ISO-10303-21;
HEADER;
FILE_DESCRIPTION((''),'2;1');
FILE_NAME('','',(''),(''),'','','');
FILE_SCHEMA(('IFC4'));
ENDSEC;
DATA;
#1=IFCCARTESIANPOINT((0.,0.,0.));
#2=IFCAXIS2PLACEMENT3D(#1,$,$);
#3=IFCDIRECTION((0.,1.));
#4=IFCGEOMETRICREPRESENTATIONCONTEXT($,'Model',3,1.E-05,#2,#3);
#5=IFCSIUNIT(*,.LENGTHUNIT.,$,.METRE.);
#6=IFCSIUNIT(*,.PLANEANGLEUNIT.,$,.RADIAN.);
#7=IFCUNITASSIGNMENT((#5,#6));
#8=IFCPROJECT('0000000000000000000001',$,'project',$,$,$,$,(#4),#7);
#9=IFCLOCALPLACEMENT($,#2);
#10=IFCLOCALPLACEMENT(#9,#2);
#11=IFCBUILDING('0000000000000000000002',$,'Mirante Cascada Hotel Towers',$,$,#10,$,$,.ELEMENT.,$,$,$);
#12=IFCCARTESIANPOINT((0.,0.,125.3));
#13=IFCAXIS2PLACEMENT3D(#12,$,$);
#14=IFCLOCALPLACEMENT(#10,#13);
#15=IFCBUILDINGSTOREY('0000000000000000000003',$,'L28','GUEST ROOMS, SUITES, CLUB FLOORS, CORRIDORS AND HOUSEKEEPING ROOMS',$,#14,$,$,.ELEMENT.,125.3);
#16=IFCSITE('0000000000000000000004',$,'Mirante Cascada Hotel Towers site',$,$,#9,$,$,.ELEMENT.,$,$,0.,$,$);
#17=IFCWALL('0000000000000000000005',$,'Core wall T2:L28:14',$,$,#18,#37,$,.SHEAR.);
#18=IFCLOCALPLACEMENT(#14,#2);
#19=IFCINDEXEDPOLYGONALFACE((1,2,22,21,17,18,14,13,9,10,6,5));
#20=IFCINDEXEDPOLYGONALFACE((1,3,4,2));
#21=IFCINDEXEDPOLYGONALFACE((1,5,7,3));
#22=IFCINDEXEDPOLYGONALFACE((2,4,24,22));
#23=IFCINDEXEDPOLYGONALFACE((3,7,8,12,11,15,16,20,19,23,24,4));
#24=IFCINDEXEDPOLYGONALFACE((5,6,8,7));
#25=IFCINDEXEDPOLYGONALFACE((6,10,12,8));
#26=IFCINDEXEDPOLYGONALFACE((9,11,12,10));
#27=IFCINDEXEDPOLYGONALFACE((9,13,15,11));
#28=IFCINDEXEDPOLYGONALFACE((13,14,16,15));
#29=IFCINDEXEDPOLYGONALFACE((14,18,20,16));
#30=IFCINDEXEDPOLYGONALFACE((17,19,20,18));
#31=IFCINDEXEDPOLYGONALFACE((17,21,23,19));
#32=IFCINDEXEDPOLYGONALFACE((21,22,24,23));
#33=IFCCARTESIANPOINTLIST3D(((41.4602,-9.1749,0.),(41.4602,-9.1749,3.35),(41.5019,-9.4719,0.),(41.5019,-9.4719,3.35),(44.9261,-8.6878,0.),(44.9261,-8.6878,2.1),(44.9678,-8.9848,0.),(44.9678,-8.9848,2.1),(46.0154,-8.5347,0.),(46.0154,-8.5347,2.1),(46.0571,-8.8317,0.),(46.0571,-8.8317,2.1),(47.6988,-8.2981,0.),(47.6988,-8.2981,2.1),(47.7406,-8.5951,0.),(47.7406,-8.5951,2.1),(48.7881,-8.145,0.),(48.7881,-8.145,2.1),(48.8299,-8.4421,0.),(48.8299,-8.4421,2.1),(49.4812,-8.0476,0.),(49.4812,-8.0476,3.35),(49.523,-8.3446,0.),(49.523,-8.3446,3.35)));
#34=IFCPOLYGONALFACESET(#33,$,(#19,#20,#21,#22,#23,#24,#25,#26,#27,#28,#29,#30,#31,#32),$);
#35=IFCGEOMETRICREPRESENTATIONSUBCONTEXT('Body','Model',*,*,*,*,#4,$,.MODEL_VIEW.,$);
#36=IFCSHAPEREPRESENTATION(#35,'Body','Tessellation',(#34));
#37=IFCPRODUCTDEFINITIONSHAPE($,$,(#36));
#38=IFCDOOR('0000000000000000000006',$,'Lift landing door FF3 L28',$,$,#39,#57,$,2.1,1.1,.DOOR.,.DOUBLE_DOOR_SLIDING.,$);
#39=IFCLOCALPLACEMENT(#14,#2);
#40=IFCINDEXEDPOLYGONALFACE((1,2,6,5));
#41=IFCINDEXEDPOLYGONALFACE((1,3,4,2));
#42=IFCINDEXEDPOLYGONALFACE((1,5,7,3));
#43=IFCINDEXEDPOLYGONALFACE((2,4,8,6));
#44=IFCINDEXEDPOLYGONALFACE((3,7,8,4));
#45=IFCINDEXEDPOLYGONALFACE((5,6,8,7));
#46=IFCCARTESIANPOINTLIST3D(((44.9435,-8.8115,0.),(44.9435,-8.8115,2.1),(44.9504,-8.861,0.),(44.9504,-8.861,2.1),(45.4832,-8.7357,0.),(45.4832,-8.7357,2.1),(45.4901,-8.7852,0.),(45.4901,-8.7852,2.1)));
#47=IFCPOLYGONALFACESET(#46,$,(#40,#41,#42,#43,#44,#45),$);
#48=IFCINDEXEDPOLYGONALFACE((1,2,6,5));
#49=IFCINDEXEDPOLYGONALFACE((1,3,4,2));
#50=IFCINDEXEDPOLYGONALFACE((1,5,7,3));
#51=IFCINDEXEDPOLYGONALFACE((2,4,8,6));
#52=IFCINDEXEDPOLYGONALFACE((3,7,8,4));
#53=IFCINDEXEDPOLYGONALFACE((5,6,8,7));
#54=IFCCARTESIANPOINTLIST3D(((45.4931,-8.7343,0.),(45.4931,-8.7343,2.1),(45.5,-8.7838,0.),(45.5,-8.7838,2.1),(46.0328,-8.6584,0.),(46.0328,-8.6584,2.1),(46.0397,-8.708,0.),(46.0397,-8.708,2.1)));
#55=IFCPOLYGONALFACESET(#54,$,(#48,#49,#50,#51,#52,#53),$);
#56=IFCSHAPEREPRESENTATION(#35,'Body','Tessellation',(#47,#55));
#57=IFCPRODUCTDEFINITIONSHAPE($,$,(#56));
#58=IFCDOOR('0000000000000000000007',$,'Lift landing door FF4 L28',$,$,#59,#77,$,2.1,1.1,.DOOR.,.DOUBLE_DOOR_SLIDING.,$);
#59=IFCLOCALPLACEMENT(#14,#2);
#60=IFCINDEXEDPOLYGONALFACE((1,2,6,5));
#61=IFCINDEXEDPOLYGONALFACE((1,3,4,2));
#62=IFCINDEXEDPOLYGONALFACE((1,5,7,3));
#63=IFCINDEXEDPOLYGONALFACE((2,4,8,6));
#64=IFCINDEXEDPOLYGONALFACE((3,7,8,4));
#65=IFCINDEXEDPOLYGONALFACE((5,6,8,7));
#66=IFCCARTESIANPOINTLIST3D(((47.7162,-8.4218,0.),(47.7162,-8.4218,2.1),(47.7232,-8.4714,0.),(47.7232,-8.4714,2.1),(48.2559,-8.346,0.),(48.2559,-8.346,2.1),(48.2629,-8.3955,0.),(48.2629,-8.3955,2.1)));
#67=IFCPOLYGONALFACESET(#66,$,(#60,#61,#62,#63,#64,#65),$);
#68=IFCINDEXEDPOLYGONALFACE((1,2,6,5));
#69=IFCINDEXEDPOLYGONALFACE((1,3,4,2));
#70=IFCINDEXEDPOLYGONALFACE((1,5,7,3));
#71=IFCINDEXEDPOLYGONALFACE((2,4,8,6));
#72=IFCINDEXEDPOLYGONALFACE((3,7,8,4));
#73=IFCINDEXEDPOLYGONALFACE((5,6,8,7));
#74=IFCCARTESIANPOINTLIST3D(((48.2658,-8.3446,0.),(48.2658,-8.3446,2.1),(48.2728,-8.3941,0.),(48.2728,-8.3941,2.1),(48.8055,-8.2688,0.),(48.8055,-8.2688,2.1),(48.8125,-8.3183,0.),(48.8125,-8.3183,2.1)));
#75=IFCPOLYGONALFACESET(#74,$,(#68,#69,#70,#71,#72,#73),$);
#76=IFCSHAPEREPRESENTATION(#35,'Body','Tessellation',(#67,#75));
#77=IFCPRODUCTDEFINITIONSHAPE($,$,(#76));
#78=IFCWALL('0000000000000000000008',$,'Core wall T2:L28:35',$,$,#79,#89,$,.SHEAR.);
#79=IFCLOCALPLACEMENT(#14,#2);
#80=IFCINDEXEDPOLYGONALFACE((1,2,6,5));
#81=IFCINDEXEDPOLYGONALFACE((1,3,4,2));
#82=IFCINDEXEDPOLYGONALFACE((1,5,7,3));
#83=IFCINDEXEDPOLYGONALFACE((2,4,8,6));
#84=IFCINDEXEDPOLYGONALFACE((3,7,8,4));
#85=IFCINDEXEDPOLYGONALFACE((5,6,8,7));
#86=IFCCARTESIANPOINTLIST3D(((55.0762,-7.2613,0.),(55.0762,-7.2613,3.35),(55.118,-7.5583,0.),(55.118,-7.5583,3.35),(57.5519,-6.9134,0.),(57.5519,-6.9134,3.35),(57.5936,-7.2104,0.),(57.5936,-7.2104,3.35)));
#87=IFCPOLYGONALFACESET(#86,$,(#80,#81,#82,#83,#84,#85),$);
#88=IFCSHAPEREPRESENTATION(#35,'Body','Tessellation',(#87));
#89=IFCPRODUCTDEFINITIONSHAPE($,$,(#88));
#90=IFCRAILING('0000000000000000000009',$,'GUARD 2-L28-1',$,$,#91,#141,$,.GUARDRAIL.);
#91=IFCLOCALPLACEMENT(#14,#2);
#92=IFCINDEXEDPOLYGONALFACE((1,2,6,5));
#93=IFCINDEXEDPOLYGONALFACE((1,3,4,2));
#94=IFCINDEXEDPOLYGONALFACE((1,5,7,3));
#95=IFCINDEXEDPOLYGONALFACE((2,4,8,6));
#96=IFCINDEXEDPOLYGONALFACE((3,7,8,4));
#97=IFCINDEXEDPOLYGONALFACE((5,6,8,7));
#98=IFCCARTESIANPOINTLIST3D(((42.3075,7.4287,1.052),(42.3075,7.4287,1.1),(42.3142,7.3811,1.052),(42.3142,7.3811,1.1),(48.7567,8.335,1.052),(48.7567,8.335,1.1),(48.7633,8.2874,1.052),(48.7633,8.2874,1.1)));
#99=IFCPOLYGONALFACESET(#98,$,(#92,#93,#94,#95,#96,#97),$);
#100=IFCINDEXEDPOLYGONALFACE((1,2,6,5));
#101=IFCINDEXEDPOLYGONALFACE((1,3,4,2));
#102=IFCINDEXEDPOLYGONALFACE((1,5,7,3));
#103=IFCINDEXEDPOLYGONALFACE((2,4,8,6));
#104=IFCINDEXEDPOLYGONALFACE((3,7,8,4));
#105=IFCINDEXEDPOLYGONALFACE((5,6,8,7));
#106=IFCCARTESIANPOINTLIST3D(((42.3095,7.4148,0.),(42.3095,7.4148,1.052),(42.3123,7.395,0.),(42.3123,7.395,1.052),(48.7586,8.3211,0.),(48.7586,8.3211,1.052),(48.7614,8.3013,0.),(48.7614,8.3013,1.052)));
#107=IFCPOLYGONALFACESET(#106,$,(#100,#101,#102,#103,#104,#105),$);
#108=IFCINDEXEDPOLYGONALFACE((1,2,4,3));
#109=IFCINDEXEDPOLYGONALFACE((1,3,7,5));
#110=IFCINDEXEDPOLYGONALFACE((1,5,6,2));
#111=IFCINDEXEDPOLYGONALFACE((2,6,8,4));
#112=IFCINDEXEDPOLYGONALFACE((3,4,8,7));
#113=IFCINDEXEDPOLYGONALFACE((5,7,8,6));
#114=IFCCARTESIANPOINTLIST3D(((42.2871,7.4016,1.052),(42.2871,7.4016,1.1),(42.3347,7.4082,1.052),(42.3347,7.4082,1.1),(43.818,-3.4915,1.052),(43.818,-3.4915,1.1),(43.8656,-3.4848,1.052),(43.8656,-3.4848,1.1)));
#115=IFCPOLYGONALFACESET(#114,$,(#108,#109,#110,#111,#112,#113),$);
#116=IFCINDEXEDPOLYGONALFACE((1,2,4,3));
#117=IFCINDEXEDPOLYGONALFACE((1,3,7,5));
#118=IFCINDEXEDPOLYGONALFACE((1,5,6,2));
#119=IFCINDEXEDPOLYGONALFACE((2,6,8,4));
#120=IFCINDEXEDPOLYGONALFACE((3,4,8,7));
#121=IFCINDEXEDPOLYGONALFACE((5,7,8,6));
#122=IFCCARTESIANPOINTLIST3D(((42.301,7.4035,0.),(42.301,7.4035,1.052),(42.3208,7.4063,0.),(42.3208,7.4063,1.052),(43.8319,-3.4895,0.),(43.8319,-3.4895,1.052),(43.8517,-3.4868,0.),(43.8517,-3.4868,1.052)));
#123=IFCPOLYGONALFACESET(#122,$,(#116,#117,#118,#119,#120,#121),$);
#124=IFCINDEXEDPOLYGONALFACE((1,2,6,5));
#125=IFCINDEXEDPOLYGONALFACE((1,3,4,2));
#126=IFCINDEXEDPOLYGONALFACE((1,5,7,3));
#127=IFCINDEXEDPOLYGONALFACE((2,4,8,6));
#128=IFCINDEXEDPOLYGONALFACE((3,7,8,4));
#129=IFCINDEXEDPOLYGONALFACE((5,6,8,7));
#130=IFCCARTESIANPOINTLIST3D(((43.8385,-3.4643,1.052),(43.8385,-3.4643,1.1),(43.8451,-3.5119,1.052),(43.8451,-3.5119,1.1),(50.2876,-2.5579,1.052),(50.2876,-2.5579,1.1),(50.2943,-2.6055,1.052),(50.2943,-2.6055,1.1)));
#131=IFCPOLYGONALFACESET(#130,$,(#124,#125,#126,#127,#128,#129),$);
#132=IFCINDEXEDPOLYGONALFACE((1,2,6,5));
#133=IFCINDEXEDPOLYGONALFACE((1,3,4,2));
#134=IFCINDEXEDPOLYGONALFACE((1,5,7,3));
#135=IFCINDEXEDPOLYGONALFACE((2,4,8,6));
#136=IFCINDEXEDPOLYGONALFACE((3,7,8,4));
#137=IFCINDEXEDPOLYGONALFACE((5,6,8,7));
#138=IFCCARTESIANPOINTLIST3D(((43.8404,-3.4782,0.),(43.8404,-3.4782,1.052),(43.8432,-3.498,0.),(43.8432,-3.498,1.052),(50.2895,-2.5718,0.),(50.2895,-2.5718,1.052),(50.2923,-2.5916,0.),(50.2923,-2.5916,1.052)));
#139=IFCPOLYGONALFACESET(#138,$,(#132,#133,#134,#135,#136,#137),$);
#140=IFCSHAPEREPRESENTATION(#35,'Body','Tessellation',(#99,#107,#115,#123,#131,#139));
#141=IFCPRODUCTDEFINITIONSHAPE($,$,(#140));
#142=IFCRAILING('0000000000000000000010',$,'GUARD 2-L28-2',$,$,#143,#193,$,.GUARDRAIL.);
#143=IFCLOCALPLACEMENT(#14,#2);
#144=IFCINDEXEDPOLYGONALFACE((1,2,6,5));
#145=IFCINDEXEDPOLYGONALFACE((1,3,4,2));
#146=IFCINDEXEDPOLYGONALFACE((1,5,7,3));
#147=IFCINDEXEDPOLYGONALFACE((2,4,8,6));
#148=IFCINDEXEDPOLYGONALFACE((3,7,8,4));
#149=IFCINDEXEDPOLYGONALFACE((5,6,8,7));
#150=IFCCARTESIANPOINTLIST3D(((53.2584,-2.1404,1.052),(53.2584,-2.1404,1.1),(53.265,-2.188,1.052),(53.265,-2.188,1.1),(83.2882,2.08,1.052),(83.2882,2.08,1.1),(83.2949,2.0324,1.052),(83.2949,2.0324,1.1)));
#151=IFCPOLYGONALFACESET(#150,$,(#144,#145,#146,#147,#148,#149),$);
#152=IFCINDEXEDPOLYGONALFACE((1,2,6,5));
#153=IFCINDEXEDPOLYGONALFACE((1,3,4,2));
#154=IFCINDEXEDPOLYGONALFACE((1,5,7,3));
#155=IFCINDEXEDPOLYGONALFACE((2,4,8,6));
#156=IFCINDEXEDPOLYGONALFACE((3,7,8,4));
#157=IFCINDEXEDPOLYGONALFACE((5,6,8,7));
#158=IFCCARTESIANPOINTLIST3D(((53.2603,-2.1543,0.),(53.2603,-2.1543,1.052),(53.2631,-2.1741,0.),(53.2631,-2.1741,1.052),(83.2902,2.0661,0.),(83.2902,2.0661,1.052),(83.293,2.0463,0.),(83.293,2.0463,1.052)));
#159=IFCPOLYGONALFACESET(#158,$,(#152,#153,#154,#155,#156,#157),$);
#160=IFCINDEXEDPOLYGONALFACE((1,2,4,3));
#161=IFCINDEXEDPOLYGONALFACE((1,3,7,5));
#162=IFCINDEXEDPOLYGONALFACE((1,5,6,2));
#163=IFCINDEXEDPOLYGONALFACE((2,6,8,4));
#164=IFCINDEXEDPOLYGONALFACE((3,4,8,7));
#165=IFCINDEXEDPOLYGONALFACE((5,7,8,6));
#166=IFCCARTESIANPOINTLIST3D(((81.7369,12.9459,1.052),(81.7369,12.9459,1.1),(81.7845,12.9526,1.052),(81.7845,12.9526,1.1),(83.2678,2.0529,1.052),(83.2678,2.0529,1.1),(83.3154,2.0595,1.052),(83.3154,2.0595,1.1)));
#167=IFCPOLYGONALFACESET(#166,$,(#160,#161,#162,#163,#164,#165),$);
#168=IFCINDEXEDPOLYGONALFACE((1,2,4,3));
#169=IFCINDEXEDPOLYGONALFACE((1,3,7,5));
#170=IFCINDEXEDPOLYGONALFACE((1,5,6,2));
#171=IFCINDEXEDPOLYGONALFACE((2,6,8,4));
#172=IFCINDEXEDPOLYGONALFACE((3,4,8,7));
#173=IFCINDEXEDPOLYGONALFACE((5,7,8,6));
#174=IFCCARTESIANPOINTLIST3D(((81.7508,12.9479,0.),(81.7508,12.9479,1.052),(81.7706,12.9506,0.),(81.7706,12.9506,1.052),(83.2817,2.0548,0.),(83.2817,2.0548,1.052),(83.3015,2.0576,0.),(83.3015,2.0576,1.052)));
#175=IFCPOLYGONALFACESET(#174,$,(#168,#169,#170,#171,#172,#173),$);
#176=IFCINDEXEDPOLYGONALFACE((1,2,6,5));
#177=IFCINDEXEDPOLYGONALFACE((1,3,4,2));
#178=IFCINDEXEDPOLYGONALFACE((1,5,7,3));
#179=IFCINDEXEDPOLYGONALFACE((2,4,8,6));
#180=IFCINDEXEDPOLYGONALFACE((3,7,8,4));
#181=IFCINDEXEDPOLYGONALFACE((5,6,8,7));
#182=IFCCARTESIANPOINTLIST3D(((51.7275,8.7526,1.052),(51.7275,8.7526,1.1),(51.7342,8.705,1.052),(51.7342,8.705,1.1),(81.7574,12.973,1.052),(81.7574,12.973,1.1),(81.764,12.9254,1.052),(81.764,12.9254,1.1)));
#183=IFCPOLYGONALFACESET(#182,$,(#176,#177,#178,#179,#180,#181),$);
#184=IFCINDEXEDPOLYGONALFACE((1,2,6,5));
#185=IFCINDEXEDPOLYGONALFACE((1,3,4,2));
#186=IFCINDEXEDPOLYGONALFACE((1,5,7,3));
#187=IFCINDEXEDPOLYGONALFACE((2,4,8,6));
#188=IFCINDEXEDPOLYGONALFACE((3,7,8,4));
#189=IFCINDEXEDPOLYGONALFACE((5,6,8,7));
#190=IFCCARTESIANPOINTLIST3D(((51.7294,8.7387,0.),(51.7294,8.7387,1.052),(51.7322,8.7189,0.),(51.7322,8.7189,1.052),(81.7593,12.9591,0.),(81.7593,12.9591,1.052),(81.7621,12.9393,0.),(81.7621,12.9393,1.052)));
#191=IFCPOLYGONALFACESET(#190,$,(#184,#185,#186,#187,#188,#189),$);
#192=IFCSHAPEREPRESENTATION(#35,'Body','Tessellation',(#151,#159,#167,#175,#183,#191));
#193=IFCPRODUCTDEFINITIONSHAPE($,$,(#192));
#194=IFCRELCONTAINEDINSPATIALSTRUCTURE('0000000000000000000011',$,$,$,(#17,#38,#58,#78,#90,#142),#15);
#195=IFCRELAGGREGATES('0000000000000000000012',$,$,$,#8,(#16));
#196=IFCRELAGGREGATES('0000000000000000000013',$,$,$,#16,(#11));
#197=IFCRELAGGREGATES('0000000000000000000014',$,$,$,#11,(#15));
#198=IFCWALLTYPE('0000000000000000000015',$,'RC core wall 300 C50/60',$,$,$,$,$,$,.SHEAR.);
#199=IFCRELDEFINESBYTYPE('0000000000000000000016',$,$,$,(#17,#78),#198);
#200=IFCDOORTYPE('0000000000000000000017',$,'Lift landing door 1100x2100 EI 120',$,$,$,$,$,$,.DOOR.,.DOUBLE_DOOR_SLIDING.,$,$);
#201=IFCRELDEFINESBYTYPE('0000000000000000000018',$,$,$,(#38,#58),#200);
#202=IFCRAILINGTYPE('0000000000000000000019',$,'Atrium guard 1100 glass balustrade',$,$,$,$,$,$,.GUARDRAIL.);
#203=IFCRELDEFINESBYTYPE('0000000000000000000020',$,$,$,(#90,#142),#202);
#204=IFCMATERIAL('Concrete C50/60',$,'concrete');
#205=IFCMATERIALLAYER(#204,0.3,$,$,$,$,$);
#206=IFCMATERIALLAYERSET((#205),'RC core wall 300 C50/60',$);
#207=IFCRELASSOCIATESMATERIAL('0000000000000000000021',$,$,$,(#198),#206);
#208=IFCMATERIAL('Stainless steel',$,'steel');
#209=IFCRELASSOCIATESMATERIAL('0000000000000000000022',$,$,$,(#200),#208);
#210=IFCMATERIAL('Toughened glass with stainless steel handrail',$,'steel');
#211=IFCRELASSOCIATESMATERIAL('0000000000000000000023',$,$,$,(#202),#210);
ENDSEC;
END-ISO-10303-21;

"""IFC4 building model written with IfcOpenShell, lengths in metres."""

from ifc_helpers import new_model, si_unit, direction, frame, frame_2d, origin, origin_2d, place, context, subcontext, project, spatial, rectangle, extrude, material, layer, layer_set, type_object, element, fill, save


model = new_model("IFC4")

# Units and contexts
model_context = context("Model", 3, precision=1e-05, world=origin(), true_north=direction((0.0, 1.0)))
body_context = subcontext(model_context, "Body", "Model", "MODEL_VIEW")
ifc_project = project(units=[si_unit("LENGTHUNIT", "METRE"), si_unit("PLANEANGLEUNIT", "RADIAN")], contexts=[model_context])

# Site, building, storey
site_placement = place(None, origin())
site = spatial("IfcSite", under=ifc_project, at=site_placement, Name="Mirante Cascada Hotel Towers site", CompositionType="ELEMENT", RefElevation=0.0)
building_placement = place(site_placement, origin())
building = spatial("IfcBuilding", under=site, at=building_placement, Name="Mirante Cascada Hotel Towers", CompositionType="ELEMENT")
storey_placement = place(building_placement, frame((0.0, 0.0, 125.3)))
storey = spatial("IfcBuildingStorey", under=building, at=storey_placement, Name="L28", Description="GUEST ROOMS, SUITES, CLUB FLOORS, CORRIDORS AND HOUSEKEEPING ROOMS", CompositionType="ELEMENT", Elevation=125.3)

# Shared definitions
ifc_material_1 = material(Name="Concrete C50/60", Category="concrete")
ifc_layer_1 = layer(ifc_material_1, 0.3)
ifc_layer_set_1 = layer_set([ifc_layer_1], Name="RC core wall 300 C50/60")
wall_type_1 = type_object("IfcWallType", Name="RC core wall 300 C50/60", PredefinedType="SHEAR", material=ifc_layer_set_1)

# Wall, openings, doors
wall_1_placement = place(storey_placement, frame((41.481, -9.3234, 0.0), z_axis=(0.0, 0.0, 1.0), x_axis=(0.990268, 0.139174, 0.0)))
wall_1 = element("IfcWall", 1, at=wall_1_placement, inside=storey, type_object=wall_type_1, Name="Core wall T2:L28:14", PredefinedType="SHEAR", context=body_context, shape_type="SweptSolid", body=[
    extrude(rectangle(XDim=8.0999, YDim=0.3, at=frame_2d((4.05, 0.0))), origin(), (0.0, 0.0, 1.0), 3.35),
])
opening_1_placement = place(wall_1_placement, frame((3.5, 0.0, 0.0)))
opening_1 = element("IfcOpeningElement", 2, at=opening_1_placement, cuts=wall_1, PredefinedType="OPENING", context=body_context, shape_type="SweptSolid", body=[
    extrude(rectangle(XDim=1.1, YDim=2.1, at=frame_2d((0.55, 1.05))), frame((0.0, 0.15, 0.0), z_axis=(0.0, -1.0, 0.0), x_axis=(1.0, 0.0, 0.0)), (0.0, 0.0, 1.0), 0.3),
])
opening_2_placement = place(wall_1_placement, frame((6.3, 0.0, 0.0)))
opening_2 = element("IfcOpeningElement", 3, at=opening_2_placement, cuts=wall_1, PredefinedType="OPENING", context=body_context, shape_type="SweptSolid", body=[
    extrude(rectangle(XDim=1.1, YDim=2.1, at=frame_2d((0.55, 1.05))), frame((0.0, 0.15, 0.0), z_axis=(0.0, -1.0, 0.0), x_axis=(1.0, 0.0, 0.0)), (0.0, 0.0, 1.0), 0.3),
])
ifc_material_2 = material(Name="Stainless steel", Category="steel")
door_type_1 = type_object("IfcDoorType", Name="Lift landing door 1100x2100 EI 120", OperationType="DOUBLE_DOOR_SLIDING", PredefinedType="DOOR", material=ifc_material_2)
door_1_placement = place(opening_1_placement, origin())
door_1 = element("IfcDoor", 4, at=door_1_placement, inside=storey, type_object=door_type_1, Name="Lift landing door FF3 L28", OperationType="DOUBLE_DOOR_SLIDING", OverallHeight=2.1, OverallWidth=1.1, PredefinedType="DOOR", context=body_context, shape_type="SweptSolid", body=[
    extrude(rectangle(XDim=0.545, YDim=2.1, at=frame_2d((0.2725, 1.05))), frame((0.0, 0.025, 0.0), z_axis=(0.0, -1.0, 0.0), x_axis=(1.0, 0.0, 0.0)), (0.0, 0.0, 1.0), 0.05),
    extrude(rectangle(XDim=0.545, YDim=2.1, at=frame_2d((0.8275, 1.05))), frame((0.0, 0.025, 0.0), z_axis=(0.0, -1.0, 0.0), x_axis=(1.0, 0.0, 0.0)), (0.0, 0.0, 1.0), 0.05),
])
fill(opening_1, door_1)
door_2_placement = place(opening_2_placement, origin())
door_2 = element("IfcDoor", 5, at=door_2_placement, inside=storey, type_object=door_type_1, Name="Lift landing door FF4 L28", OperationType="DOUBLE_DOOR_SLIDING", OverallHeight=2.1, OverallWidth=1.1, PredefinedType="DOOR", context=body_context, shape_type="SweptSolid", body=[
    extrude(rectangle(XDim=0.545, YDim=2.1, at=frame_2d((0.2725, 1.05))), frame((0.0, 0.025, 0.0), z_axis=(0.0, -1.0, 0.0), x_axis=(1.0, 0.0, 0.0)), (0.0, 0.0, 1.0), 0.05),
    extrude(rectangle(XDim=0.545, YDim=2.1, at=frame_2d((0.8275, 1.05))), frame((0.0, 0.025, 0.0), z_axis=(0.0, -1.0, 0.0), x_axis=(1.0, 0.0, 0.0)), (0.0, 0.0, 1.0), 0.05),
])
fill(opening_2, door_2)

# Wall
wall_2_placement = place(storey_placement, frame((55.0971, -7.4098, 0.0), z_axis=(0.0, 0.0, 1.0), x_axis=(0.99027, 0.139159, 0.0)))
element("IfcWall", 6, at=wall_2_placement, inside=storey, type_object=wall_type_1, Name="Core wall T2:L28:35", PredefinedType="SHEAR", context=body_context, shape_type="SweptSolid", body=[
    extrude(rectangle(XDim=2.5, YDim=0.3, at=frame_2d((1.25, 0.0))), origin(), (0.0, 0.0, 1.0), 3.35),
])

# Railings
ifc_material_3 = material(Name="Toughened glass with stainless steel handrail", Category="steel")
railing_type = type_object("IfcRailingType", Name="Atrium guard 1100 glass balustrade", PredefinedType="GUARDRAIL", material=ifc_material_3)
railing_1_placement = place(storey_placement, frame((48.76, 8.3112, 0.0)))
element("IfcRailing", 7, at=railing_1_placement, inside=storey, type_object=railing_type, Name="GUARD 2-L28-1", PredefinedType="GUARDRAIL", context=body_context, shape_type="SweptSolid", body=[
    extrude(rectangle(XDim=0.048, YDim=0.048, at=origin_2d()), frame((0.0, 0.0, 1.076), z_axis=(-0.990269, -0.139164, 0.0), x_axis=(0.139164, -0.990269, 0.0)), (0.0, 0.0, 1.0), 6.5125),
    extrude(rectangle(XDim=0.02, YDim=1.052, at=origin_2d()), frame((0.0, 0.0, 0.526), z_axis=(-0.990269, -0.139164, 0.0), x_axis=(0.139164, -0.990269, 0.0)), (0.0, 0.0, 1.0), 6.5125),
    extrude(rectangle(XDim=0.048, YDim=0.048, at=origin_2d()), frame((-6.4491, -0.9063, 1.076), z_axis=(0.139172, -0.990268, 0.0), x_axis=(0.990268, 0.139172, 0.0)), (0.0, 0.0, 1.0), 11.0001),
    extrude(rectangle(XDim=0.02, YDim=1.052, at=origin_2d()), frame((-6.4491, -0.9063, 0.526), z_axis=(0.139172, -0.990268, 0.0), x_axis=(0.990268, 0.139172, 0.0)), (0.0, 0.0, 1.0), 11.0001),
    extrude(rectangle(XDim=0.048, YDim=0.048, at=origin_2d()), frame((-4.9182, -11.7993, 1.076), z_axis=(0.990267, 0.139179, 0.0), x_axis=(-0.139179, 0.990267, 0.0)), (0.0, 0.0, 1.0), 6.5125),
    extrude(rectangle(XDim=0.02, YDim=1.052, at=origin_2d()), frame((-4.9182, -11.7993, 0.526), z_axis=(0.990267, 0.139179, 0.0), x_axis=(-0.139179, 0.990267, 0.0)), (0.0, 0.0, 1.0), 6.5125),
])
railing_2_placement = place(storey_placement, frame((53.2617, -2.1642, 0.0)))
element("IfcRailing", 8, at=railing_2_placement, inside=storey, type_object=railing_type, Name="GUARD 2-L28-2", PredefinedType="GUARDRAIL", context=body_context, shape_type="SweptSolid", body=[
    extrude(rectangle(XDim=0.048, YDim=0.048, at=origin_2d()), frame((0.0, 0.0, 1.076), z_axis=(0.990268, 0.139172, 0.0), x_axis=(-0.139172, 0.990268, 0.0)), (0.0, 0.0, 1.0), 30.325),
    extrude(rectangle(XDim=0.02, YDim=1.052, at=origin_2d()), frame((0.0, 0.0, 0.526), z_axis=(0.990268, 0.139172, 0.0), x_axis=(-0.139172, 0.990268, 0.0)), (0.0, 0.0, 1.0), 30.325),
    extrude(rectangle(XDim=0.048, YDim=0.048, at=origin_2d()), frame((30.0299, 4.2204, 1.076), z_axis=(-0.139172, 0.990268, 0.0), x_axis=(-0.990268, -0.139172, 0.0)), (0.0, 0.0, 1.0), 11.0001),
    extrude(rectangle(XDim=0.02, YDim=1.052, at=origin_2d()), frame((30.0299, 4.2204, 0.526), z_axis=(-0.139172, 0.990268, 0.0), x_axis=(-0.990268, -0.139172, 0.0)), (0.0, 0.0, 1.0), 11.0001),
    extrude(rectangle(XDim=0.048, YDim=0.048, at=origin_2d()), frame((28.499, 15.1134, 1.076), z_axis=(-0.990268, -0.139172, 0.0), x_axis=(0.139172, -0.990268, 0.0)), (0.0, 0.0, 1.0), 30.325),
    extrude(rectangle(XDim=0.02, YDim=1.052, at=origin_2d()), frame((28.499, 15.1134, 0.526), z_axis=(-0.990268, -0.139172, 0.0), x_axis=(0.139172, -0.990268, 0.0)), (0.0, 0.0, 1.0), 30.325),
])

save(model, "model.ifc")
